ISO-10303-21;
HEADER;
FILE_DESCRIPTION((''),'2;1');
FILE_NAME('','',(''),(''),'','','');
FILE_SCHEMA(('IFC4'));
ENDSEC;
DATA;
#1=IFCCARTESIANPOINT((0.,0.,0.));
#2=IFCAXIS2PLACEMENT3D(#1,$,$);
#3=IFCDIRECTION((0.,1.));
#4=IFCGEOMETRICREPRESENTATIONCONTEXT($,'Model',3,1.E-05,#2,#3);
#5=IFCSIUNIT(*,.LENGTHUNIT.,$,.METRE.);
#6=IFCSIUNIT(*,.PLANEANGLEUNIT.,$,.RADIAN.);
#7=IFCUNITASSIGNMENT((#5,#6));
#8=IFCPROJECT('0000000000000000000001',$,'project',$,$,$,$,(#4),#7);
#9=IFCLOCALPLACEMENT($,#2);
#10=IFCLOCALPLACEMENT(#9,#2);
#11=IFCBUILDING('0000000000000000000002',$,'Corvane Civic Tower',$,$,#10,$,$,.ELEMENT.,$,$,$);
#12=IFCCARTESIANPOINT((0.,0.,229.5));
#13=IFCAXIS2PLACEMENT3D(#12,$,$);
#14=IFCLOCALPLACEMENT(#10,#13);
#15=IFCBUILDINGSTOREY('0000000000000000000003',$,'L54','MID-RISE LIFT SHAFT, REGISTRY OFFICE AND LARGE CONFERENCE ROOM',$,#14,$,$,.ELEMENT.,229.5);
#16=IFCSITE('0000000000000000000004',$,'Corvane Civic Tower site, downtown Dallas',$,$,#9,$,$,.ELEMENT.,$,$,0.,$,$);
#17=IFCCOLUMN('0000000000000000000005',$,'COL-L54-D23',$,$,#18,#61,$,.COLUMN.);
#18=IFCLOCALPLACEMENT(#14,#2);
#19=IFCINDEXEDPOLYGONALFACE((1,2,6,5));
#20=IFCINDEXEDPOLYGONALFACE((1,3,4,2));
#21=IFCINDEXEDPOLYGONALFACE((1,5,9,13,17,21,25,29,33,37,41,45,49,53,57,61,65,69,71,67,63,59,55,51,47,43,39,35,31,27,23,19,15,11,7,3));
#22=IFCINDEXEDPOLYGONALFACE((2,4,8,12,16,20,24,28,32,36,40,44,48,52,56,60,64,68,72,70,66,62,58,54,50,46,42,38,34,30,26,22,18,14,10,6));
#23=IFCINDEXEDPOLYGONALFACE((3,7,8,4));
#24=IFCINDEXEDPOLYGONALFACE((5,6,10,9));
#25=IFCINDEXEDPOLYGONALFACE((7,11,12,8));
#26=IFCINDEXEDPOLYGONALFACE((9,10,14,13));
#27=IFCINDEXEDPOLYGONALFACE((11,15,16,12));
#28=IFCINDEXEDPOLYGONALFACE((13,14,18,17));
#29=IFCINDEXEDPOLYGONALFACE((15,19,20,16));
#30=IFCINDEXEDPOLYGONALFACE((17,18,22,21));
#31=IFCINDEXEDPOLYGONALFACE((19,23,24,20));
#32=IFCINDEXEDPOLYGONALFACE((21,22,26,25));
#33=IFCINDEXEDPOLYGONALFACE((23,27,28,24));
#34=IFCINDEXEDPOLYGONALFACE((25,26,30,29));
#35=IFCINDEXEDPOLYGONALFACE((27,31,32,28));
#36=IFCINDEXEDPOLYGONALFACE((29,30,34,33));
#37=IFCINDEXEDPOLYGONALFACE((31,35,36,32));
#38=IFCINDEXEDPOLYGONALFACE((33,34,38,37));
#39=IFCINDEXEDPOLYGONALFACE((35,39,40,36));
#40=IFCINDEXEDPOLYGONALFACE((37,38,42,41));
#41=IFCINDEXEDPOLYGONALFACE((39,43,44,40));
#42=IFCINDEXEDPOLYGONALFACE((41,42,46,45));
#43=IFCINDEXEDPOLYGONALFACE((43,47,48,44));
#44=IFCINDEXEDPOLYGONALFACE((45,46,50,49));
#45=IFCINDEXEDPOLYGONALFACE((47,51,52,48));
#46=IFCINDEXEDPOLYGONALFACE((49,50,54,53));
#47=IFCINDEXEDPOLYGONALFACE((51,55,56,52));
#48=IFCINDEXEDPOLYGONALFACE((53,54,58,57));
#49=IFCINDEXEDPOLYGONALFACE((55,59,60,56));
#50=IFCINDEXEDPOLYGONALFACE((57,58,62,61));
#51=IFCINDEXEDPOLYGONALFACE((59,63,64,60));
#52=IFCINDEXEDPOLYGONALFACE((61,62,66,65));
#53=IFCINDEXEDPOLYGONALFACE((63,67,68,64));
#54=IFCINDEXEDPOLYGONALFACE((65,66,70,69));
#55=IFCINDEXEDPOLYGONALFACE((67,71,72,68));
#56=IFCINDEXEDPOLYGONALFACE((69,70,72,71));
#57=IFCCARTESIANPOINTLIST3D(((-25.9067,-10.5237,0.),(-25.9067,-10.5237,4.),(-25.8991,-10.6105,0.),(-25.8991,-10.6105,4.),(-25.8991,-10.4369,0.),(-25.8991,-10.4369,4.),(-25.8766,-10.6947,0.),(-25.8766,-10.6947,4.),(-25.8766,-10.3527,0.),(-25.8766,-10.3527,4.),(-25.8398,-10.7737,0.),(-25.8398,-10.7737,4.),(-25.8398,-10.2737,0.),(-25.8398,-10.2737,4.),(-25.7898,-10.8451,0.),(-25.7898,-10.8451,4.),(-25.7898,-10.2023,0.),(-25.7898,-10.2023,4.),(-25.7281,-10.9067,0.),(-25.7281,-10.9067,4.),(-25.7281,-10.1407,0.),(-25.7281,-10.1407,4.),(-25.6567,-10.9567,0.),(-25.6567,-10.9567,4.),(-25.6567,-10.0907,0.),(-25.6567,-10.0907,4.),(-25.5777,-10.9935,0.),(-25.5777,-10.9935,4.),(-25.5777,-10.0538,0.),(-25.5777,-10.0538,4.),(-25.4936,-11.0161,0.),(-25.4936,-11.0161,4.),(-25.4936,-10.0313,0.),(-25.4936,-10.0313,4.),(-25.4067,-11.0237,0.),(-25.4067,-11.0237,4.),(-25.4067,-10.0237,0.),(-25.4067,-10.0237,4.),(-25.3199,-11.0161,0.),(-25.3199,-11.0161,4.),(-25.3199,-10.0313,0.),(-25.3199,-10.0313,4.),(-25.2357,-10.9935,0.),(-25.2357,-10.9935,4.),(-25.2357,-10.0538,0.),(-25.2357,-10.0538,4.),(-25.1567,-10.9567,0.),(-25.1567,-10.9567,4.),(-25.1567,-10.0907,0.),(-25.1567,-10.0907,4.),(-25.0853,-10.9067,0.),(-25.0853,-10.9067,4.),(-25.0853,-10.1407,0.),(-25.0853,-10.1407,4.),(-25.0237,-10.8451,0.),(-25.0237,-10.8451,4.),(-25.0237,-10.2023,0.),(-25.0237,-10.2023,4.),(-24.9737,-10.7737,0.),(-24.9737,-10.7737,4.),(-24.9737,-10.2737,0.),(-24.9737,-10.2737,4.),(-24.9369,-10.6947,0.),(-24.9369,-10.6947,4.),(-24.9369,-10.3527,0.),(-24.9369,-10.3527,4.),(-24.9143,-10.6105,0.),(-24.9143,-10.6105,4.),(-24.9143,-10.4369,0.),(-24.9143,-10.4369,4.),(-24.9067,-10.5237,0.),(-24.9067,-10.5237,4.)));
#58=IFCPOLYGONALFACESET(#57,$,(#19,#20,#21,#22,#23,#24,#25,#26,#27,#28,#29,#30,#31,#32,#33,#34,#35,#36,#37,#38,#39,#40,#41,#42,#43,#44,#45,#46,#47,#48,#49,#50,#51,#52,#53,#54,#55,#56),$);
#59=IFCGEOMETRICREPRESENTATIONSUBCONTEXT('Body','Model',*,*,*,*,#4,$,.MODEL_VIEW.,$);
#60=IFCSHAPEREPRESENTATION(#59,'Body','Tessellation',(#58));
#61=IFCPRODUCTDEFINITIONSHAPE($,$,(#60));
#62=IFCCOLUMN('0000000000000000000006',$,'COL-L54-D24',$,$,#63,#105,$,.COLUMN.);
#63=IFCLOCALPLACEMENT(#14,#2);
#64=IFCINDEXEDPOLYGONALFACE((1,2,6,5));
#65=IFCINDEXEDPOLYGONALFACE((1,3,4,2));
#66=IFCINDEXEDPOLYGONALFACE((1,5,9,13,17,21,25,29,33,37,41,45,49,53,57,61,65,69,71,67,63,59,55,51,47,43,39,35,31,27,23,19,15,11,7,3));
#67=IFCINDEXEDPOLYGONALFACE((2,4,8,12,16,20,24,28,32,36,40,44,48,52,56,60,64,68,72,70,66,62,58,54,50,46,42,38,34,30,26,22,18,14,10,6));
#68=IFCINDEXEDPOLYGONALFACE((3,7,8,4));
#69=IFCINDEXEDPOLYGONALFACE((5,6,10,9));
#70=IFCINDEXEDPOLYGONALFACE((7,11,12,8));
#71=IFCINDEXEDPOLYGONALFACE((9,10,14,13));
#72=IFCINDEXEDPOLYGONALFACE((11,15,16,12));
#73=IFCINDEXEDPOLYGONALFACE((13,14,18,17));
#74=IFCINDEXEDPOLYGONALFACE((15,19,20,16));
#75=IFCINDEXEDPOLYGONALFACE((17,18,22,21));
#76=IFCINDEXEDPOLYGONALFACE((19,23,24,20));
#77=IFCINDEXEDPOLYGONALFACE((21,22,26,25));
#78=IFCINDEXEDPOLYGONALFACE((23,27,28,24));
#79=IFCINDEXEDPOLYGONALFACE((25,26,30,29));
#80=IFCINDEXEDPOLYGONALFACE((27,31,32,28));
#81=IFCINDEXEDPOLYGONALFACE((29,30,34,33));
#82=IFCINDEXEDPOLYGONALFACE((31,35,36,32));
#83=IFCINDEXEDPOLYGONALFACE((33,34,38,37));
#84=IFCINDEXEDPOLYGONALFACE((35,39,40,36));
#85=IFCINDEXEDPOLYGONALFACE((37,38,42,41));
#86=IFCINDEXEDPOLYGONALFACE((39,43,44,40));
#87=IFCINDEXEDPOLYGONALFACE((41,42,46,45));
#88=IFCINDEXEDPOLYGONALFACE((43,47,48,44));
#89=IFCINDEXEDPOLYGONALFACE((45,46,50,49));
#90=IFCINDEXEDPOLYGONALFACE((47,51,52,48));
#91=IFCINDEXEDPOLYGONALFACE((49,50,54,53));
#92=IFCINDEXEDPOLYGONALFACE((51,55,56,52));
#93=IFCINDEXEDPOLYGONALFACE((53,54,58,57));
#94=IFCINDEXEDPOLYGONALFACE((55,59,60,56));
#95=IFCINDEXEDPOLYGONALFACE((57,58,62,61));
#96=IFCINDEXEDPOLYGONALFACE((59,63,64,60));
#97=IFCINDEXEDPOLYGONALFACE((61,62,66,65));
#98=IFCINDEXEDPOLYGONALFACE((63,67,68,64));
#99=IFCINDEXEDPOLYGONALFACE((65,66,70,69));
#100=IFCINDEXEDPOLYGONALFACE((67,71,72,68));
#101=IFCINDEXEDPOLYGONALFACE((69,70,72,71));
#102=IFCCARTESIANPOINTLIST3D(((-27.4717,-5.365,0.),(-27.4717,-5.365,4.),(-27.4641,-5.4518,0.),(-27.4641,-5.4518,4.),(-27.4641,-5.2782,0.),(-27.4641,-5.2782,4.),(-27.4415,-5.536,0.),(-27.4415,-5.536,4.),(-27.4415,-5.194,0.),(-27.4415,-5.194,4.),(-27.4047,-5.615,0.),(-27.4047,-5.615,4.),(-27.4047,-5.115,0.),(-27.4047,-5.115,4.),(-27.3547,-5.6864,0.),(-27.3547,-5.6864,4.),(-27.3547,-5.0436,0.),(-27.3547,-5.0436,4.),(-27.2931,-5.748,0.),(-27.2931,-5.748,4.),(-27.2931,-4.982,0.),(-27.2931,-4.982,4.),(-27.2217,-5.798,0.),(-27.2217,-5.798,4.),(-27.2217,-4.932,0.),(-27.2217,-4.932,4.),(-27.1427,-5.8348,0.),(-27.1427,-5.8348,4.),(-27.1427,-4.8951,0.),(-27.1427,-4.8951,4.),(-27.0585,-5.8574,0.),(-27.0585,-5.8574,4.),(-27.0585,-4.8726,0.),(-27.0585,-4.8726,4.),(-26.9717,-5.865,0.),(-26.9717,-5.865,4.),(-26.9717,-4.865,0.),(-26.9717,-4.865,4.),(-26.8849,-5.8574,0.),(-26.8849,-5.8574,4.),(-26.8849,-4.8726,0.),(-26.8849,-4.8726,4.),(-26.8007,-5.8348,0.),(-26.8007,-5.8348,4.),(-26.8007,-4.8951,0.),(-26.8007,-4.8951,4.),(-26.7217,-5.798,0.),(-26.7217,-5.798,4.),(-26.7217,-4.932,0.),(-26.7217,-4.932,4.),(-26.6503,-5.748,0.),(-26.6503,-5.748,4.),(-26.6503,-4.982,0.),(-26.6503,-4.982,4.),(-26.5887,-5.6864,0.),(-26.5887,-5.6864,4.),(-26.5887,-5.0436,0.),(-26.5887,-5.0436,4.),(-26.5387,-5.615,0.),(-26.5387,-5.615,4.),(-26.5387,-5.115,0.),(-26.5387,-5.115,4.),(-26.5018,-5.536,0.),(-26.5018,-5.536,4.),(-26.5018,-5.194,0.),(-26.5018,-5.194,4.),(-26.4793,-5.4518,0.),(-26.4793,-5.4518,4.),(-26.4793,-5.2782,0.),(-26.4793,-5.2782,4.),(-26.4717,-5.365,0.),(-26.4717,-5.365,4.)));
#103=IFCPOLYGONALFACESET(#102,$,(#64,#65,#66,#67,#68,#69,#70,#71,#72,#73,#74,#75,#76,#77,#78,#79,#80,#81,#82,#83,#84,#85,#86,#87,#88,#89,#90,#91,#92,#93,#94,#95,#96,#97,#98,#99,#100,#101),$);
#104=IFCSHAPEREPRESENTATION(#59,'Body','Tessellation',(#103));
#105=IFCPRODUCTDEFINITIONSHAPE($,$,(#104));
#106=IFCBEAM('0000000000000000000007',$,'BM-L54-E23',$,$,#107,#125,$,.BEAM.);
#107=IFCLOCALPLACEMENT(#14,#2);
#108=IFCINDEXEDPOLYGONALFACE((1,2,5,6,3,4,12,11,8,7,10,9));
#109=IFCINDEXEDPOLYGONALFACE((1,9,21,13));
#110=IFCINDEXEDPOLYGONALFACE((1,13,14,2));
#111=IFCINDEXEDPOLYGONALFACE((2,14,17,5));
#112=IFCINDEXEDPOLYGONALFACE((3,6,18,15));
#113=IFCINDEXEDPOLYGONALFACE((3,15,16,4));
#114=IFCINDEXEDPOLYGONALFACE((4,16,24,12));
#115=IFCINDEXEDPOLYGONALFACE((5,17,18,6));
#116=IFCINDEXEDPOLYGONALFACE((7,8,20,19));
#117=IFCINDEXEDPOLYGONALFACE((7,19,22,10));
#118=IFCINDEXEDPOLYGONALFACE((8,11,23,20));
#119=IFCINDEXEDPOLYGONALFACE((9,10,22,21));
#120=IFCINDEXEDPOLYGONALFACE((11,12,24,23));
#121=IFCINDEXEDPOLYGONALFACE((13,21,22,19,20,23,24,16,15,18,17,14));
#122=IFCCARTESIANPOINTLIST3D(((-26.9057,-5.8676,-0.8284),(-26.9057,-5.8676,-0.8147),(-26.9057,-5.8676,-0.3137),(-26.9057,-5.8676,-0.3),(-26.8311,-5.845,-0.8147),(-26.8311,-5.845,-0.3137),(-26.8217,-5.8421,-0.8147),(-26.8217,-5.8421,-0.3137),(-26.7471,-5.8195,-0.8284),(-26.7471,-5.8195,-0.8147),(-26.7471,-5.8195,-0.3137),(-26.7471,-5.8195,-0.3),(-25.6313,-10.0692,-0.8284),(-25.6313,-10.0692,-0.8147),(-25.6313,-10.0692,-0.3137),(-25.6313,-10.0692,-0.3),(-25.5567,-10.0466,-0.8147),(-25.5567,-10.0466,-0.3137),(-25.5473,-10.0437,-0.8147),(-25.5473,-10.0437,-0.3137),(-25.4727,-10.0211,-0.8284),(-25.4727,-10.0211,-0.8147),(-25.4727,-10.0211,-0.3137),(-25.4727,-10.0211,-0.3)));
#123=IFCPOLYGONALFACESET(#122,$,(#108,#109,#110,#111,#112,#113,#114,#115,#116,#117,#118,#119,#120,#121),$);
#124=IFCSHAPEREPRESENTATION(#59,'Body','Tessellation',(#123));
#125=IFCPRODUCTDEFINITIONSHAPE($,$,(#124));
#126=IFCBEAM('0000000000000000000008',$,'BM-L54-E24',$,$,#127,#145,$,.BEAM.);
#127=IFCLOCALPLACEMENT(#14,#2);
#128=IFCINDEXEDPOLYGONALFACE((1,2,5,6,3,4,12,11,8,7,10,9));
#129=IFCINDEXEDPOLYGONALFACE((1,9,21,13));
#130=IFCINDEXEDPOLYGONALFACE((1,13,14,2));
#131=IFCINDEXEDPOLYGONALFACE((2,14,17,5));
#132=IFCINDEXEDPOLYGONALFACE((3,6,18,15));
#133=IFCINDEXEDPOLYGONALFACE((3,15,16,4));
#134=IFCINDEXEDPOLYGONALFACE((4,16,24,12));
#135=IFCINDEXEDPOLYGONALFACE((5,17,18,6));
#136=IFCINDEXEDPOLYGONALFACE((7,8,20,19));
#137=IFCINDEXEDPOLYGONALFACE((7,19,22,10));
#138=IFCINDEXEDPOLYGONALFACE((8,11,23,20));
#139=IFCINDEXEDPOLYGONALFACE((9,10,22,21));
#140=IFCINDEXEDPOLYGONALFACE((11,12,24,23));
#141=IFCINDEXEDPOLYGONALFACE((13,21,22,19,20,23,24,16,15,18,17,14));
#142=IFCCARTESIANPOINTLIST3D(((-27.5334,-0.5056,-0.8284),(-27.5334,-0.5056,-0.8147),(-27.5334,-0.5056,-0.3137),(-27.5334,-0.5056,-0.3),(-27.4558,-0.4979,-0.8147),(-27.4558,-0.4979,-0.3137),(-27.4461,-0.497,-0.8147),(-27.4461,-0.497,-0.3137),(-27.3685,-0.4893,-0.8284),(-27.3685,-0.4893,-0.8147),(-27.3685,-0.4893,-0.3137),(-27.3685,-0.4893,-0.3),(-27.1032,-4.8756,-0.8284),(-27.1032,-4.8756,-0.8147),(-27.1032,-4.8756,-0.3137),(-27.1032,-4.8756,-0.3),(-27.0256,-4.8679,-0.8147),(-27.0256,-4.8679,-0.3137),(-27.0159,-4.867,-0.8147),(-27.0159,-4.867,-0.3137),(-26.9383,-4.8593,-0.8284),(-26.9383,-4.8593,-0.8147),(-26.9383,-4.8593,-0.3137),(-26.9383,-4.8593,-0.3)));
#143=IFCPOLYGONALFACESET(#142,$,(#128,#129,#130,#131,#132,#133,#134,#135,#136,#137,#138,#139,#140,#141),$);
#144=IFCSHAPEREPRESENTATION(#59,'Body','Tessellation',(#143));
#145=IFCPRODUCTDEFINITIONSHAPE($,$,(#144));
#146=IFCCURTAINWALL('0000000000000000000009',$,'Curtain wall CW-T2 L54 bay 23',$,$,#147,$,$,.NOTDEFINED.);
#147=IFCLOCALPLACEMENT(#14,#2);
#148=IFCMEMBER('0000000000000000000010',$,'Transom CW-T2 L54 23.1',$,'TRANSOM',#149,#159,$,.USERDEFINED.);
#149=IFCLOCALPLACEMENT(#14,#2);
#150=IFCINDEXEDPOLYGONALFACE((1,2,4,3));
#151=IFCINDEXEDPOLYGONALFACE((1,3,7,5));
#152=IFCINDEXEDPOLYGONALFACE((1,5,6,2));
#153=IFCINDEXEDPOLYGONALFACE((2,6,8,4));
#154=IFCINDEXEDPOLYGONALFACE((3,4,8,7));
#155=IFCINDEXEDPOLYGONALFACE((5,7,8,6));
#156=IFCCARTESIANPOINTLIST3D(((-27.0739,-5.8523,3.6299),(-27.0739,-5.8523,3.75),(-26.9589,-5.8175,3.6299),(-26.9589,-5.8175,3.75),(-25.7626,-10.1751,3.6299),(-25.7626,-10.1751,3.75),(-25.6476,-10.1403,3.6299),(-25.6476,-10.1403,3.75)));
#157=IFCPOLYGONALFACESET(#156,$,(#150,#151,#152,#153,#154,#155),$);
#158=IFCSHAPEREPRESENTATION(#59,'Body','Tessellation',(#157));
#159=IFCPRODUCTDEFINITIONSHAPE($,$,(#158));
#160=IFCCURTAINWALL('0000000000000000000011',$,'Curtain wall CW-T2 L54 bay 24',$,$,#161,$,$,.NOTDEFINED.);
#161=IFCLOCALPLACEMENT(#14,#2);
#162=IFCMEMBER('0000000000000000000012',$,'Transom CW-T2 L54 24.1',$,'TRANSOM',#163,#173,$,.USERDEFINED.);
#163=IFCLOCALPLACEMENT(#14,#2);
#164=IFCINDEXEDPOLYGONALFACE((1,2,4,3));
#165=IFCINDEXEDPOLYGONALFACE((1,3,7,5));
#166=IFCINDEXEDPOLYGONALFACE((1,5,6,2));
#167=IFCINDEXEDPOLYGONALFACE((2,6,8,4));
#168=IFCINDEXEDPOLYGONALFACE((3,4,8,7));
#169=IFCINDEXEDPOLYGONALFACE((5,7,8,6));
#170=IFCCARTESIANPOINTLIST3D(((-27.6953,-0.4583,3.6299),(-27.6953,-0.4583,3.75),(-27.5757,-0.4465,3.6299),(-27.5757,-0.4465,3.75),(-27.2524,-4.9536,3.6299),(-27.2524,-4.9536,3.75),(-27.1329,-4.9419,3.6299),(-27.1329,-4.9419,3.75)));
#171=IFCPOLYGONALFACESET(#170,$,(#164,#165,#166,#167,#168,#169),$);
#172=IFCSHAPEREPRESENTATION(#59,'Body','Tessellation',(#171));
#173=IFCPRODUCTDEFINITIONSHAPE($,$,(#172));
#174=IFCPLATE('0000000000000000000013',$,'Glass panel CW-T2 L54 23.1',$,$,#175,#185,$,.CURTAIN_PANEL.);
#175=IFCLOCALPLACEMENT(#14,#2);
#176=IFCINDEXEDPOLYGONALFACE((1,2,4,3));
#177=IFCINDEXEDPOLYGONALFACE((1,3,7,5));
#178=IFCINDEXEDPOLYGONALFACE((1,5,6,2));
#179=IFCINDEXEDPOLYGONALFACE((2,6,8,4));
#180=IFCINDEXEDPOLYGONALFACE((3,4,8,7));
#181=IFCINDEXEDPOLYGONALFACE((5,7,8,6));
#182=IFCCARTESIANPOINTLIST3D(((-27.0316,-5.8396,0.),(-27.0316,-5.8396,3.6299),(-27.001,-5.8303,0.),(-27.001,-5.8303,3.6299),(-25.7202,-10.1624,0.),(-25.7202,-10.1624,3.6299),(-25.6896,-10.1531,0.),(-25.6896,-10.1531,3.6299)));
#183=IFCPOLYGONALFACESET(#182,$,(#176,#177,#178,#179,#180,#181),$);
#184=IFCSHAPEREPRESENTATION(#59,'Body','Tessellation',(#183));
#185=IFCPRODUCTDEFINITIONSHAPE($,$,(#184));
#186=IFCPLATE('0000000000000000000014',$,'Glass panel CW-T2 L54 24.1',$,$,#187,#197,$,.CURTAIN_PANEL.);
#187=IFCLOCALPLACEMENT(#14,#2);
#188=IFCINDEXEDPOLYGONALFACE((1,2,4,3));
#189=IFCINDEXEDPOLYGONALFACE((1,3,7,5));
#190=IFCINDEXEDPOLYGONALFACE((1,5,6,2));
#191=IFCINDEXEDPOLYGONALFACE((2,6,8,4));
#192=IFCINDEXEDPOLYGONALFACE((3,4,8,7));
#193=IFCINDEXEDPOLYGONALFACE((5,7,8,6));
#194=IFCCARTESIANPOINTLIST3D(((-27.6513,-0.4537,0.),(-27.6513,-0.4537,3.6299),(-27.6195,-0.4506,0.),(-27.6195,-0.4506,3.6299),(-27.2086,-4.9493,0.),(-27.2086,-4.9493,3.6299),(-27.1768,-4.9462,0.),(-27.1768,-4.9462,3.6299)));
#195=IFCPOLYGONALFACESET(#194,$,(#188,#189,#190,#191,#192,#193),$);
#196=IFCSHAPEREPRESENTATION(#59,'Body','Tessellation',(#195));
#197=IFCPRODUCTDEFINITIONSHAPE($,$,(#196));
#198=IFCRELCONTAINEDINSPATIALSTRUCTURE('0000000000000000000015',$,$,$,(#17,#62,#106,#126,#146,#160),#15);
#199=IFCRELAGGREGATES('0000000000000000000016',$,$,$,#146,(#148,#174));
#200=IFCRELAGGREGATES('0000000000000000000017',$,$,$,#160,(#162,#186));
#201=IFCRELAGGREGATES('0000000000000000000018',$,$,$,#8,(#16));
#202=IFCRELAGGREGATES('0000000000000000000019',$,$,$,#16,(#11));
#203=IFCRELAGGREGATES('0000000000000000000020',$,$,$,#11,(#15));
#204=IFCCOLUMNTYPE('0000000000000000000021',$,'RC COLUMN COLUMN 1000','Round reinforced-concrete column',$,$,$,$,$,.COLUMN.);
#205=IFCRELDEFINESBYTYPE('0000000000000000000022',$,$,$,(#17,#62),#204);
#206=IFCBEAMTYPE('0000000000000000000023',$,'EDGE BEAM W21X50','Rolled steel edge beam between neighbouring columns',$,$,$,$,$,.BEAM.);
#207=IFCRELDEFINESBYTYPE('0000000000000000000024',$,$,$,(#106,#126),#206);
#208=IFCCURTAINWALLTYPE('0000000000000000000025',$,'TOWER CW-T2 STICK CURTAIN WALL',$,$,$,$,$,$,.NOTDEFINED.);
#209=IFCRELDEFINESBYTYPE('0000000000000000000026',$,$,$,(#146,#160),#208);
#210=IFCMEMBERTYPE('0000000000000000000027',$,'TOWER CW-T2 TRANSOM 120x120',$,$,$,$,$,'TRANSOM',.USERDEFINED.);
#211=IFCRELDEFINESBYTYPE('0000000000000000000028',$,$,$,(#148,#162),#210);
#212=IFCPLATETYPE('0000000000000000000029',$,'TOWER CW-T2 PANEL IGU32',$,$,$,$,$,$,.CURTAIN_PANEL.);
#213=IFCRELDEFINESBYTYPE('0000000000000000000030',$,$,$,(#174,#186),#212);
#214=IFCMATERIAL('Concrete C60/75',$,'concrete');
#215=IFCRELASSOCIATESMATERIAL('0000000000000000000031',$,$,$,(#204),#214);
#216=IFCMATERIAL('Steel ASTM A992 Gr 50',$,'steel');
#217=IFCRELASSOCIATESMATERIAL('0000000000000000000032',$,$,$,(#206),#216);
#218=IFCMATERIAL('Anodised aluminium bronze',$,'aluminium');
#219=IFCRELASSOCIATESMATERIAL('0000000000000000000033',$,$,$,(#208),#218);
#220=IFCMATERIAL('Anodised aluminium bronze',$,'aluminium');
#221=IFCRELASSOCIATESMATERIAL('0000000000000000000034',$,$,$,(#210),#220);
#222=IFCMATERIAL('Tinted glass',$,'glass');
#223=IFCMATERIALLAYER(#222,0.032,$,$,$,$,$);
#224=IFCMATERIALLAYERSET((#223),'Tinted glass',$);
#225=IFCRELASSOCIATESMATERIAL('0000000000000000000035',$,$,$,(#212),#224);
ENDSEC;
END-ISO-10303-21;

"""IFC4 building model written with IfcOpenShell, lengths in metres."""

from ifc_helpers import new_model, si_unit, direction, frame, origin, origin_2d, place, context, subcontext, project, spatial, rectangle, circle, i_section, extrude, material, layer, layer_set, material_profile, profile_set, type_object, element, aggregate, save


model = new_model("IFC4")

# Units and contexts
model_context = context("Model", 3, precision=1e-05, world=origin(), true_north=direction((0.0, 1.0)))
body_context = subcontext(model_context, "Body", "Model", "MODEL_VIEW")
ifc_project = project(units=[si_unit("LENGTHUNIT", "METRE"), si_unit("PLANEANGLEUNIT", "RADIAN")], contexts=[model_context])

# Site, building, storey
site_placement = place(None, origin())
site = spatial("IfcSite", under=ifc_project, at=site_placement, Name="Corvane Civic Tower site, downtown Dallas", CompositionType="ELEMENT", RefElevation=0.0)
building_placement = place(site_placement, origin())
building = spatial("IfcBuilding", under=site, at=building_placement, Name="Corvane Civic Tower", CompositionType="ELEMENT")
storey_placement = place(building_placement, frame((0.0, 0.0, 229.5)))
storey = spatial("IfcBuildingStorey", under=building, at=storey_placement, Name="L54", Description="MID-RISE LIFT SHAFT, REGISTRY OFFICE AND LARGE CONFERENCE ROOM", CompositionType="ELEMENT", Elevation=229.5)

# Columns
ifc_material_1 = material(Name="Concrete C60/75", Category="concrete")
ifc_material_profile_1 = material_profile(ifc_material_1, circle(Radius=0.5, at=origin_2d()), Name="COLUMN 1000")
ifc_profile_set_1 = profile_set([ifc_material_profile_1], Name="Concrete C60/75")
column_type = type_object("IfcColumnType", Name="RC COLUMN COLUMN 1000", Description="Round reinforced-concrete column", PredefinedType="COLUMN", material=ifc_profile_set_1)
for number, where, z_axis, x_axis, name in (
    (1, (-25.4067, -10.5237, 0.0), (0.0, 0.0, 1.0), (1.0, 0.0, 0.0), "COL-L54-D23"),
    (2, (-26.9717, -5.365, 0.0), (0.0, 0.0, 1.0), (1.0, 0.0, 0.0), "COL-L54-D24"),
):
    element("IfcColumn", number, at=place(storey_placement, frame(where, z_axis=z_axis, x_axis=x_axis)), inside=storey, type_object=column_type, Name=name, PredefinedType="COLUMN", context=body_context, shape_type="SweptSolid", body=[
        extrude(circle(Radius=0.5, at=origin_2d()), origin(), (0.0, 0.0, 1.0), 4.0),
    ])

# Beams
ifc_material_2 = material(Name="Steel ASTM A992 Gr 50", Category="steel")
ifc_material_profile_2 = material_profile(ifc_material_2, i_section(OverallWidth=0.1658, OverallDepth=0.5283, WebThickness=0.0098, FlangeThickness=0.0137, at=origin_2d()), Name="W21X50")
ifc_profile_set_2 = profile_set([ifc_material_profile_2], Name="Steel ASTM A992 Gr 50")
beam_type = type_object("IfcBeamType", Name="EDGE BEAM W21X50", Description="Rolled steel edge beam between neighbouring columns", PredefinedType="BEAM", material=ifc_profile_set_2)
beam_1_placement = place(storey_placement, frame((-25.552, -10.0452, -0.5642), z_axis=(-0.290254, 0.95695, 0.0), x_axis=(-0.95695, -0.290254, 0.0)))
element("IfcBeam", 3, at=beam_1_placement, inside=storey, type_object=beam_type, Name="BM-L54-E23", PredefinedType="BEAM", context=body_context, shape_type="SweptSolid", body=[
    extrude(i_section(OverallWidth=0.1658, OverallDepth=0.5283, WebThickness=0.0098, FlangeThickness=0.0137, at=origin_2d()), origin(), (0.0, 0.0, 1.0), 4.3906),
])
beam_2_placement = place(storey_placement, frame((-27.0208, -4.8674, -0.5642), z_axis=(-0.097968, 0.99519, 0.0), x_axis=(-0.99519, -0.097968, 0.0)))
element("IfcBeam", 4, at=beam_2_placement, inside=storey, type_object=beam_type, Name="BM-L54-E24", PredefinedType="BEAM", context=body_context, shape_type="SweptSolid", body=[
    extrude(i_section(OverallWidth=0.1658, OverallDepth=0.5283, WebThickness=0.0098, FlangeThickness=0.0137, at=origin_2d()), origin(), (0.0, 0.0, 1.0), 4.3911),
])

# Curtain walls, members
ifc_material_3 = material(Name="Anodised aluminium bronze", Category="aluminium")
curtain_wall_type = type_object("IfcCurtainWallType", Name="TOWER CW-T2 STICK CURTAIN WALL", PredefinedType="NOTDEFINED", material=ifc_material_3)
curtain_wall_1_placement = place(storey_placement, origin())
curtain_wall_1 = element("IfcCurtainWall", 5, at=curtain_wall_1_placement, inside=storey, type_object=curtain_wall_type, Name="Curtain wall CW-T2 L54 bay 23", PredefinedType="NOTDEFINED")
ifc_material_4 = material(Name="Anodised aluminium bronze", Category="aluminium")
ifc_material_profile_3 = material_profile(ifc_material_4, rectangle(XDim=0.1201, YDim=0.1201, at=origin_2d()), Name="TOWER CW-T2 TRANSOM 120x120")
ifc_profile_set_3 = profile_set([ifc_material_profile_3], Name="Anodised aluminium bronze")
member_type = type_object("IfcMemberType", Name="TOWER CW-T2 TRANSOM 120x120", ElementType="TRANSOM", PredefinedType="USERDEFINED", material=ifc_profile_set_3)
member_1_placement = place(storey_placement, frame((-25.7051, -10.1577, 3.6899), z_axis=(-0.290282, 0.956941, 0.0), x_axis=(-0.956941, -0.290282, 0.0)))
member_1 = element("IfcMember", 6, at=member_1_placement, type_object=member_type, Name="Transom CW-T2 L54 23.1", ObjectType="TRANSOM", PredefinedType="USERDEFINED", context=body_context, shape_type="SweptSolid", body=[
    extrude(rectangle(XDim=0.1201, YDim=0.1201, at=origin_2d()), origin(), (0.0, 0.0, 1.0), 4.5173),
])
curtain_wall_2_placement = place(storey_placement, origin())
curtain_wall_2 = element("IfcCurtainWall", 7, at=curtain_wall_2_placement, inside=storey, type_object=curtain_wall_type, Name="Curtain wall CW-T2 L54 bay 24", PredefinedType="NOTDEFINED")
member_2_placement = place(storey_placement, frame((-27.1926, -4.9478, 3.6899), z_axis=(-0.098043, 0.995182, 0.0), x_axis=(-0.995182, -0.098043, 0.0)))
member_2 = element("IfcMember", 8, at=member_2_placement, type_object=member_type, Name="Transom CW-T2 L54 24.1", ObjectType="TRANSOM", PredefinedType="USERDEFINED", context=body_context, shape_type="SweptSolid", body=[
    extrude(rectangle(XDim=0.1201, YDim=0.1201, at=origin_2d()), origin(), (0.0, 0.0, 1.0), 4.5171),
])

# Plates
ifc_material_5 = material(Name="Tinted glass", Category="glass")
ifc_layer_1 = layer(ifc_material_5, 0.032)
ifc_layer_set_1 = layer_set([ifc_layer_1], Name="Tinted glass")
plate_type = type_object("IfcPlateType", Name="TOWER CW-T2 PANEL IGU32", PredefinedType="CURTAIN_PANEL", material=ifc_layer_set_1)
plate_1_placement = place(storey_placement, frame((-26.3606, -7.9963, 0.0), z_axis=(0.0, 0.0, 1.0), x_axis=(-0.29029, 0.956939, 0.0)))
plate_1 = element("IfcPlate", 9, at=plate_1_placement, type_object=plate_type, Name="Glass panel CW-T2 L54 23.1", PredefinedType="CURTAIN_PANEL", context=body_context, shape_type="SweptSolid", body=[
    extrude(rectangle(XDim=4.5173, YDim=0.032, at=origin_2d()), origin(), (0.0, 0.0, 1.0), 3.6299),
])
aggregate(curtain_wall_1, [member_1, plate_1])
plate_2_placement = place(storey_placement, frame((-27.4141, -2.7, 0.0), z_axis=(0.0, 0.0, 1.0), x_axis=(-0.097993, 0.995187, 0.0)))
plate_2 = element("IfcPlate", 10, at=plate_2_placement, type_object=plate_type, Name="Glass panel CW-T2 L54 24.1", PredefinedType="CURTAIN_PANEL", context=body_context, shape_type="SweptSolid", body=[
    extrude(rectangle(XDim=4.5173, YDim=0.032, at=origin_2d()), origin(), (0.0, 0.0, 1.0), 3.6299),
])
aggregate(curtain_wall_2, [member_2, plate_2])

save(model, "model.ifc")
